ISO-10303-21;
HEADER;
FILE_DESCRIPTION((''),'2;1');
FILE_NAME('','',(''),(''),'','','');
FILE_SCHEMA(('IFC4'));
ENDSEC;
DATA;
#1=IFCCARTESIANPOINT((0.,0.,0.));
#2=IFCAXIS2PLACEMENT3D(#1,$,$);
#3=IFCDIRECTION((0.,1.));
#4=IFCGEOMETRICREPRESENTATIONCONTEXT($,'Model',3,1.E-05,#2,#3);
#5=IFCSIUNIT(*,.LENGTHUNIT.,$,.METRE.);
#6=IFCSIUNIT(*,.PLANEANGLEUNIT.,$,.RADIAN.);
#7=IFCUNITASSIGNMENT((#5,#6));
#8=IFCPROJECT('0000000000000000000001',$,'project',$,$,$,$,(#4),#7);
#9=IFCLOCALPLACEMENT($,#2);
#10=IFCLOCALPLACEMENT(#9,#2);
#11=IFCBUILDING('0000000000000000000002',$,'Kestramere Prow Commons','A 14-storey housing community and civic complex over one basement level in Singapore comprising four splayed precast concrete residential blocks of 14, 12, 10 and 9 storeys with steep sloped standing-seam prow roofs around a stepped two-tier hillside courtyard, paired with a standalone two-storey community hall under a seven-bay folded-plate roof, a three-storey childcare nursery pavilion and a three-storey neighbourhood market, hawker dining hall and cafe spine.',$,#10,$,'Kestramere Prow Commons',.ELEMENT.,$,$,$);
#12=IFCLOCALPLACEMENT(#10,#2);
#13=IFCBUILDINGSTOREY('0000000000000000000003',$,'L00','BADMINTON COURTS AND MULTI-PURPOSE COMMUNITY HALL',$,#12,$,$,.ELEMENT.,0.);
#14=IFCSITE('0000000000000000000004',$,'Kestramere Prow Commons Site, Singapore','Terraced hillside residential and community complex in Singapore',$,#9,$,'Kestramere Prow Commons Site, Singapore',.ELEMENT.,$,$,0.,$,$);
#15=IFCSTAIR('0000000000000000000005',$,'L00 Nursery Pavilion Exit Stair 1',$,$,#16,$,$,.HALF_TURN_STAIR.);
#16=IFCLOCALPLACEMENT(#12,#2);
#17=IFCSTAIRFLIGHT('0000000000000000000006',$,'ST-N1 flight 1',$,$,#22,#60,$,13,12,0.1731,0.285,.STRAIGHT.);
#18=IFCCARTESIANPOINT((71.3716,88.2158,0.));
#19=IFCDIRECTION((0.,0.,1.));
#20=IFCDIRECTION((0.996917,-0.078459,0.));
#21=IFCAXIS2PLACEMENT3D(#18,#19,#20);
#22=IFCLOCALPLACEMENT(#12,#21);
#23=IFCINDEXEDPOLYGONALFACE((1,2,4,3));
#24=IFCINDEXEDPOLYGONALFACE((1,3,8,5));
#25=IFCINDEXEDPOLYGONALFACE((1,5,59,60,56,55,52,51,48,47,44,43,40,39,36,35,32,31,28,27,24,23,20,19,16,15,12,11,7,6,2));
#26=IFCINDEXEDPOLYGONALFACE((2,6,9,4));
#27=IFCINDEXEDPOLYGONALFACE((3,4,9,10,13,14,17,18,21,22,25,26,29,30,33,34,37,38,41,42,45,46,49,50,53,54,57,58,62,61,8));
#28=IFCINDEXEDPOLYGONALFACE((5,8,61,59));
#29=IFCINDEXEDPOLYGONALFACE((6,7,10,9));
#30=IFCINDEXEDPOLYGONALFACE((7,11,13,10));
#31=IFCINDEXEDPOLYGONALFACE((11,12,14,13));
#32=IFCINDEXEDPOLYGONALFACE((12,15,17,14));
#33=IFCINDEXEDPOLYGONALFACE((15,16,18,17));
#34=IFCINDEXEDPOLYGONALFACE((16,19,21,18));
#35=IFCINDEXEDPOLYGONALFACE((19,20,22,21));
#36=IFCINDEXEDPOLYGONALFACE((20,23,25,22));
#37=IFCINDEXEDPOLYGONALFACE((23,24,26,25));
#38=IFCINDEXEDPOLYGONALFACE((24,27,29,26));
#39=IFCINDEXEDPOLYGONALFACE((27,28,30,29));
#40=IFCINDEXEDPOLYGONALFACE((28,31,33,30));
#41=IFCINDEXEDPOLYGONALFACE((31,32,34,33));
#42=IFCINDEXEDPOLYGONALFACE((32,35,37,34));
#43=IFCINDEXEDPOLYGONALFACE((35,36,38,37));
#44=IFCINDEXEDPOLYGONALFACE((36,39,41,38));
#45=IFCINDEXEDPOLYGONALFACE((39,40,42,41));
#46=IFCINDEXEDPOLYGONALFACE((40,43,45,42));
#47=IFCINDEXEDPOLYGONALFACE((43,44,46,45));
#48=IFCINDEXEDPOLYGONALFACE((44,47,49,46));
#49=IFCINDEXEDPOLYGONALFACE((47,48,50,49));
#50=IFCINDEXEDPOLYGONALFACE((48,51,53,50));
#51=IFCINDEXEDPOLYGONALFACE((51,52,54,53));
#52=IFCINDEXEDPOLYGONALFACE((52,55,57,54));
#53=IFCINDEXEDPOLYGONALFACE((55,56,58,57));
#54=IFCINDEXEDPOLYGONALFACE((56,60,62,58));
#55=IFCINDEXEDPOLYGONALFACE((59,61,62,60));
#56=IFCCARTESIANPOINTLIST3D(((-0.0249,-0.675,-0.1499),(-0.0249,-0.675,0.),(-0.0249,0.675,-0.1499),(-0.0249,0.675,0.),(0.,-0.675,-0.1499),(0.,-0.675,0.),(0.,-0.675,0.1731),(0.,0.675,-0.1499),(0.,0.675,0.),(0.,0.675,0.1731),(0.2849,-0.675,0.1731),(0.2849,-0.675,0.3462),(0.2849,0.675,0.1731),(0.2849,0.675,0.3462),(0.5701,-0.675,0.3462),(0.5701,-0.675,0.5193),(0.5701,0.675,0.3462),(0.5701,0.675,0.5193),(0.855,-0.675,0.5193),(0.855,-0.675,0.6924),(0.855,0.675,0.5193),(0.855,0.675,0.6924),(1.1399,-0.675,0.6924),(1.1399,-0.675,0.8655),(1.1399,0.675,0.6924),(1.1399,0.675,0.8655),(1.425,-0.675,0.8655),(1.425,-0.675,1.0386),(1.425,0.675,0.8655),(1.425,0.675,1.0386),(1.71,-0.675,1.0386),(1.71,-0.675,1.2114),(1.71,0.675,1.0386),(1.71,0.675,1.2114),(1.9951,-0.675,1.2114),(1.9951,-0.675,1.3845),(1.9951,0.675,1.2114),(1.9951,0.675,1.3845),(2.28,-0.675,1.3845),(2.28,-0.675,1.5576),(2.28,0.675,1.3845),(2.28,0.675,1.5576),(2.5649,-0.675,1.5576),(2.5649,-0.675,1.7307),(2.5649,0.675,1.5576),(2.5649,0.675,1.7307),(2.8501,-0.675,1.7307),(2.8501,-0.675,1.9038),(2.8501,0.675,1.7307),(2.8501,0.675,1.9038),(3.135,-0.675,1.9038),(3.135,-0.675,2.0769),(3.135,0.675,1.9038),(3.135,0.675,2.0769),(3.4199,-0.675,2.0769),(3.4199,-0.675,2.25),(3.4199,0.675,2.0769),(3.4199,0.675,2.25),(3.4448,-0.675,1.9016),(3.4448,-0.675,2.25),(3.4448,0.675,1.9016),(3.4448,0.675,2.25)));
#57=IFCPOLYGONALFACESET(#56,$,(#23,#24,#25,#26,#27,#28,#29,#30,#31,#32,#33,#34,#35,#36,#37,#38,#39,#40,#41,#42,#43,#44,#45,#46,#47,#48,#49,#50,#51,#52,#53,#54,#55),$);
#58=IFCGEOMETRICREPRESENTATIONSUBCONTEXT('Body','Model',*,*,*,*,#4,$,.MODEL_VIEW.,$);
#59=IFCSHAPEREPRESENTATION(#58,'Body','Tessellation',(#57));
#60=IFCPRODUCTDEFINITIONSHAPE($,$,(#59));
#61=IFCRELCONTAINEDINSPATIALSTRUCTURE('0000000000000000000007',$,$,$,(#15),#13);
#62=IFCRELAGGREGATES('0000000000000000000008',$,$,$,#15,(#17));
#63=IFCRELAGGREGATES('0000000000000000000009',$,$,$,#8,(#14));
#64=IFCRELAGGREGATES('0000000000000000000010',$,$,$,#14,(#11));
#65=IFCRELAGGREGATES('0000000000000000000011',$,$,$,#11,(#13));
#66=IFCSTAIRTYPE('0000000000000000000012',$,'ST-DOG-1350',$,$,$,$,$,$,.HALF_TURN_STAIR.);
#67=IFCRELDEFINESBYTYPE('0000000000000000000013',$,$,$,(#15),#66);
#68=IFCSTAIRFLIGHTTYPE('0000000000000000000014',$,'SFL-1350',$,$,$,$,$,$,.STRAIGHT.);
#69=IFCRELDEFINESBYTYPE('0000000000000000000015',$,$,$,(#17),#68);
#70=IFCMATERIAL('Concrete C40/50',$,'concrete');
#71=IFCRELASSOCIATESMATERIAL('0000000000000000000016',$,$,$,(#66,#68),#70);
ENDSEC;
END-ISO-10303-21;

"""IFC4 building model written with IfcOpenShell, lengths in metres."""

from ifc_helpers import new_model, si_unit, direction, frame, origin, place, context, subcontext, project, spatial, polyline, outline, extrude, material, type_object, element, aggregate, save


model = new_model("IFC4")

# Units and contexts
model_context = context("Model", 3, precision=1e-05, world=origin(), true_north=direction((0.0, 1.0)))
body_context = subcontext(model_context, "Body", "Model", "MODEL_VIEW")
ifc_project = project(units=[si_unit("LENGTHUNIT", "METRE"), si_unit("PLANEANGLEUNIT", "RADIAN")], contexts=[model_context])

# Site, building, storey
site_placement = place(None, origin())
site = spatial("IfcSite", under=ifc_project, at=site_placement, Name="Kestramere Prow Commons Site, Singapore", Description="Terraced hillside residential and community complex in Singapore", LongName="Kestramere Prow Commons Site, Singapore", CompositionType="ELEMENT", RefElevation=0.0)
building_placement = place(site_placement, origin())
building = spatial("IfcBuilding", under=site, at=building_placement, Name="Kestramere Prow Commons", Description="A 14-storey housing community and civic complex over one basement level in Singapore comprising four splayed precast concrete residential blocks of 14, 12, 10 and 9 storeys with steep sloped standing-seam prow roofs around a stepped two-tier hillside courtyard, paired with a standalone two-storey community hall under a seven-bay folded-plate roof, a three-storey childcare nursery pavilion and a three-storey neighbourhood market, hawker dining hall and cafe spine.", LongName="Kestramere Prow Commons", CompositionType="ELEMENT")
storey_placement = place(building_placement, origin())
storey = spatial("IfcBuildingStorey", under=building, at=storey_placement, Name="L00", Description="BADMINTON COURTS AND MULTI-PURPOSE COMMUNITY HALL", CompositionType="ELEMENT", Elevation=0.0)

# Shared definitions
ifc_material_1 = material(Name="Concrete C40/50", Category="concrete")

# Stair, stair flight
stair_type = type_object("IfcStairType", Name="ST-DOG-1350", PredefinedType="HALF_TURN_STAIR", material=ifc_material_1)
stair_placement = place(storey_placement, origin())
stair = element("IfcStair", 1, at=stair_placement, inside=storey, type_object=stair_type, Name="L00 Nursery Pavilion Exit Stair 1", PredefinedType="HALF_TURN_STAIR")
stair_flight_type = type_object("IfcStairFlightType", Name="SFL-1350", PredefinedType="STRAIGHT", material=ifc_material_1)
stair_flight_placement = place(storey_placement, frame((71.3716, 88.2158, 0.0), z_axis=(0.0, 0.0, 1.0), x_axis=(0.996917, -0.078459, 0.0)))
stair_flight = element("IfcStairFlight", 2, at=stair_flight_placement, type_object=stair_flight_type, Name="ST-N1 flight 1", NumberOfRisers=13, NumberOfTreads=12, PredefinedType="STRAIGHT", RiserHeight=0.1731, TreadLength=0.285, context=body_context, shape_type="SweptSolid", body=[
    extrude(outline(polyline([(-0.0249, 0.0), (0.0, 0.0), (0.0, 0.1731), (0.2849, 0.1731), (0.2849, 0.3462), (0.5701, 0.3462), (0.5701, 0.5193), (0.855, 0.5193), (0.855, 0.6924), (1.1399, 0.6924), (1.1399, 0.8655), (1.425, 0.8655), (1.425, 1.0386), (1.71, 1.0386), (1.71, 1.2114), (1.9951, 1.2114), (1.9951, 1.3845), (2.28, 1.3845), (2.28, 1.5576), (2.5649, 1.5576), (2.5649, 1.7307), (2.8501, 1.7307), (2.8501, 1.9038), (3.135, 1.9038), (3.135, 2.0769), (3.4199, 2.0769), (3.4199, 2.25), (3.4448, 2.25), (3.4448, 1.9016), (0.0, -0.1499), (-0.0249, -0.1499), (-0.0249, 0.0)])), frame((0.0, 0.675, 0.0), z_axis=(0.0, -1.0, 0.0), x_axis=(1.0, 0.0, 0.0)), (0.0, 0.0, 1.0), 1.3501),
])
aggregate(stair, [stair_flight])

save(model, "model.ifc")
